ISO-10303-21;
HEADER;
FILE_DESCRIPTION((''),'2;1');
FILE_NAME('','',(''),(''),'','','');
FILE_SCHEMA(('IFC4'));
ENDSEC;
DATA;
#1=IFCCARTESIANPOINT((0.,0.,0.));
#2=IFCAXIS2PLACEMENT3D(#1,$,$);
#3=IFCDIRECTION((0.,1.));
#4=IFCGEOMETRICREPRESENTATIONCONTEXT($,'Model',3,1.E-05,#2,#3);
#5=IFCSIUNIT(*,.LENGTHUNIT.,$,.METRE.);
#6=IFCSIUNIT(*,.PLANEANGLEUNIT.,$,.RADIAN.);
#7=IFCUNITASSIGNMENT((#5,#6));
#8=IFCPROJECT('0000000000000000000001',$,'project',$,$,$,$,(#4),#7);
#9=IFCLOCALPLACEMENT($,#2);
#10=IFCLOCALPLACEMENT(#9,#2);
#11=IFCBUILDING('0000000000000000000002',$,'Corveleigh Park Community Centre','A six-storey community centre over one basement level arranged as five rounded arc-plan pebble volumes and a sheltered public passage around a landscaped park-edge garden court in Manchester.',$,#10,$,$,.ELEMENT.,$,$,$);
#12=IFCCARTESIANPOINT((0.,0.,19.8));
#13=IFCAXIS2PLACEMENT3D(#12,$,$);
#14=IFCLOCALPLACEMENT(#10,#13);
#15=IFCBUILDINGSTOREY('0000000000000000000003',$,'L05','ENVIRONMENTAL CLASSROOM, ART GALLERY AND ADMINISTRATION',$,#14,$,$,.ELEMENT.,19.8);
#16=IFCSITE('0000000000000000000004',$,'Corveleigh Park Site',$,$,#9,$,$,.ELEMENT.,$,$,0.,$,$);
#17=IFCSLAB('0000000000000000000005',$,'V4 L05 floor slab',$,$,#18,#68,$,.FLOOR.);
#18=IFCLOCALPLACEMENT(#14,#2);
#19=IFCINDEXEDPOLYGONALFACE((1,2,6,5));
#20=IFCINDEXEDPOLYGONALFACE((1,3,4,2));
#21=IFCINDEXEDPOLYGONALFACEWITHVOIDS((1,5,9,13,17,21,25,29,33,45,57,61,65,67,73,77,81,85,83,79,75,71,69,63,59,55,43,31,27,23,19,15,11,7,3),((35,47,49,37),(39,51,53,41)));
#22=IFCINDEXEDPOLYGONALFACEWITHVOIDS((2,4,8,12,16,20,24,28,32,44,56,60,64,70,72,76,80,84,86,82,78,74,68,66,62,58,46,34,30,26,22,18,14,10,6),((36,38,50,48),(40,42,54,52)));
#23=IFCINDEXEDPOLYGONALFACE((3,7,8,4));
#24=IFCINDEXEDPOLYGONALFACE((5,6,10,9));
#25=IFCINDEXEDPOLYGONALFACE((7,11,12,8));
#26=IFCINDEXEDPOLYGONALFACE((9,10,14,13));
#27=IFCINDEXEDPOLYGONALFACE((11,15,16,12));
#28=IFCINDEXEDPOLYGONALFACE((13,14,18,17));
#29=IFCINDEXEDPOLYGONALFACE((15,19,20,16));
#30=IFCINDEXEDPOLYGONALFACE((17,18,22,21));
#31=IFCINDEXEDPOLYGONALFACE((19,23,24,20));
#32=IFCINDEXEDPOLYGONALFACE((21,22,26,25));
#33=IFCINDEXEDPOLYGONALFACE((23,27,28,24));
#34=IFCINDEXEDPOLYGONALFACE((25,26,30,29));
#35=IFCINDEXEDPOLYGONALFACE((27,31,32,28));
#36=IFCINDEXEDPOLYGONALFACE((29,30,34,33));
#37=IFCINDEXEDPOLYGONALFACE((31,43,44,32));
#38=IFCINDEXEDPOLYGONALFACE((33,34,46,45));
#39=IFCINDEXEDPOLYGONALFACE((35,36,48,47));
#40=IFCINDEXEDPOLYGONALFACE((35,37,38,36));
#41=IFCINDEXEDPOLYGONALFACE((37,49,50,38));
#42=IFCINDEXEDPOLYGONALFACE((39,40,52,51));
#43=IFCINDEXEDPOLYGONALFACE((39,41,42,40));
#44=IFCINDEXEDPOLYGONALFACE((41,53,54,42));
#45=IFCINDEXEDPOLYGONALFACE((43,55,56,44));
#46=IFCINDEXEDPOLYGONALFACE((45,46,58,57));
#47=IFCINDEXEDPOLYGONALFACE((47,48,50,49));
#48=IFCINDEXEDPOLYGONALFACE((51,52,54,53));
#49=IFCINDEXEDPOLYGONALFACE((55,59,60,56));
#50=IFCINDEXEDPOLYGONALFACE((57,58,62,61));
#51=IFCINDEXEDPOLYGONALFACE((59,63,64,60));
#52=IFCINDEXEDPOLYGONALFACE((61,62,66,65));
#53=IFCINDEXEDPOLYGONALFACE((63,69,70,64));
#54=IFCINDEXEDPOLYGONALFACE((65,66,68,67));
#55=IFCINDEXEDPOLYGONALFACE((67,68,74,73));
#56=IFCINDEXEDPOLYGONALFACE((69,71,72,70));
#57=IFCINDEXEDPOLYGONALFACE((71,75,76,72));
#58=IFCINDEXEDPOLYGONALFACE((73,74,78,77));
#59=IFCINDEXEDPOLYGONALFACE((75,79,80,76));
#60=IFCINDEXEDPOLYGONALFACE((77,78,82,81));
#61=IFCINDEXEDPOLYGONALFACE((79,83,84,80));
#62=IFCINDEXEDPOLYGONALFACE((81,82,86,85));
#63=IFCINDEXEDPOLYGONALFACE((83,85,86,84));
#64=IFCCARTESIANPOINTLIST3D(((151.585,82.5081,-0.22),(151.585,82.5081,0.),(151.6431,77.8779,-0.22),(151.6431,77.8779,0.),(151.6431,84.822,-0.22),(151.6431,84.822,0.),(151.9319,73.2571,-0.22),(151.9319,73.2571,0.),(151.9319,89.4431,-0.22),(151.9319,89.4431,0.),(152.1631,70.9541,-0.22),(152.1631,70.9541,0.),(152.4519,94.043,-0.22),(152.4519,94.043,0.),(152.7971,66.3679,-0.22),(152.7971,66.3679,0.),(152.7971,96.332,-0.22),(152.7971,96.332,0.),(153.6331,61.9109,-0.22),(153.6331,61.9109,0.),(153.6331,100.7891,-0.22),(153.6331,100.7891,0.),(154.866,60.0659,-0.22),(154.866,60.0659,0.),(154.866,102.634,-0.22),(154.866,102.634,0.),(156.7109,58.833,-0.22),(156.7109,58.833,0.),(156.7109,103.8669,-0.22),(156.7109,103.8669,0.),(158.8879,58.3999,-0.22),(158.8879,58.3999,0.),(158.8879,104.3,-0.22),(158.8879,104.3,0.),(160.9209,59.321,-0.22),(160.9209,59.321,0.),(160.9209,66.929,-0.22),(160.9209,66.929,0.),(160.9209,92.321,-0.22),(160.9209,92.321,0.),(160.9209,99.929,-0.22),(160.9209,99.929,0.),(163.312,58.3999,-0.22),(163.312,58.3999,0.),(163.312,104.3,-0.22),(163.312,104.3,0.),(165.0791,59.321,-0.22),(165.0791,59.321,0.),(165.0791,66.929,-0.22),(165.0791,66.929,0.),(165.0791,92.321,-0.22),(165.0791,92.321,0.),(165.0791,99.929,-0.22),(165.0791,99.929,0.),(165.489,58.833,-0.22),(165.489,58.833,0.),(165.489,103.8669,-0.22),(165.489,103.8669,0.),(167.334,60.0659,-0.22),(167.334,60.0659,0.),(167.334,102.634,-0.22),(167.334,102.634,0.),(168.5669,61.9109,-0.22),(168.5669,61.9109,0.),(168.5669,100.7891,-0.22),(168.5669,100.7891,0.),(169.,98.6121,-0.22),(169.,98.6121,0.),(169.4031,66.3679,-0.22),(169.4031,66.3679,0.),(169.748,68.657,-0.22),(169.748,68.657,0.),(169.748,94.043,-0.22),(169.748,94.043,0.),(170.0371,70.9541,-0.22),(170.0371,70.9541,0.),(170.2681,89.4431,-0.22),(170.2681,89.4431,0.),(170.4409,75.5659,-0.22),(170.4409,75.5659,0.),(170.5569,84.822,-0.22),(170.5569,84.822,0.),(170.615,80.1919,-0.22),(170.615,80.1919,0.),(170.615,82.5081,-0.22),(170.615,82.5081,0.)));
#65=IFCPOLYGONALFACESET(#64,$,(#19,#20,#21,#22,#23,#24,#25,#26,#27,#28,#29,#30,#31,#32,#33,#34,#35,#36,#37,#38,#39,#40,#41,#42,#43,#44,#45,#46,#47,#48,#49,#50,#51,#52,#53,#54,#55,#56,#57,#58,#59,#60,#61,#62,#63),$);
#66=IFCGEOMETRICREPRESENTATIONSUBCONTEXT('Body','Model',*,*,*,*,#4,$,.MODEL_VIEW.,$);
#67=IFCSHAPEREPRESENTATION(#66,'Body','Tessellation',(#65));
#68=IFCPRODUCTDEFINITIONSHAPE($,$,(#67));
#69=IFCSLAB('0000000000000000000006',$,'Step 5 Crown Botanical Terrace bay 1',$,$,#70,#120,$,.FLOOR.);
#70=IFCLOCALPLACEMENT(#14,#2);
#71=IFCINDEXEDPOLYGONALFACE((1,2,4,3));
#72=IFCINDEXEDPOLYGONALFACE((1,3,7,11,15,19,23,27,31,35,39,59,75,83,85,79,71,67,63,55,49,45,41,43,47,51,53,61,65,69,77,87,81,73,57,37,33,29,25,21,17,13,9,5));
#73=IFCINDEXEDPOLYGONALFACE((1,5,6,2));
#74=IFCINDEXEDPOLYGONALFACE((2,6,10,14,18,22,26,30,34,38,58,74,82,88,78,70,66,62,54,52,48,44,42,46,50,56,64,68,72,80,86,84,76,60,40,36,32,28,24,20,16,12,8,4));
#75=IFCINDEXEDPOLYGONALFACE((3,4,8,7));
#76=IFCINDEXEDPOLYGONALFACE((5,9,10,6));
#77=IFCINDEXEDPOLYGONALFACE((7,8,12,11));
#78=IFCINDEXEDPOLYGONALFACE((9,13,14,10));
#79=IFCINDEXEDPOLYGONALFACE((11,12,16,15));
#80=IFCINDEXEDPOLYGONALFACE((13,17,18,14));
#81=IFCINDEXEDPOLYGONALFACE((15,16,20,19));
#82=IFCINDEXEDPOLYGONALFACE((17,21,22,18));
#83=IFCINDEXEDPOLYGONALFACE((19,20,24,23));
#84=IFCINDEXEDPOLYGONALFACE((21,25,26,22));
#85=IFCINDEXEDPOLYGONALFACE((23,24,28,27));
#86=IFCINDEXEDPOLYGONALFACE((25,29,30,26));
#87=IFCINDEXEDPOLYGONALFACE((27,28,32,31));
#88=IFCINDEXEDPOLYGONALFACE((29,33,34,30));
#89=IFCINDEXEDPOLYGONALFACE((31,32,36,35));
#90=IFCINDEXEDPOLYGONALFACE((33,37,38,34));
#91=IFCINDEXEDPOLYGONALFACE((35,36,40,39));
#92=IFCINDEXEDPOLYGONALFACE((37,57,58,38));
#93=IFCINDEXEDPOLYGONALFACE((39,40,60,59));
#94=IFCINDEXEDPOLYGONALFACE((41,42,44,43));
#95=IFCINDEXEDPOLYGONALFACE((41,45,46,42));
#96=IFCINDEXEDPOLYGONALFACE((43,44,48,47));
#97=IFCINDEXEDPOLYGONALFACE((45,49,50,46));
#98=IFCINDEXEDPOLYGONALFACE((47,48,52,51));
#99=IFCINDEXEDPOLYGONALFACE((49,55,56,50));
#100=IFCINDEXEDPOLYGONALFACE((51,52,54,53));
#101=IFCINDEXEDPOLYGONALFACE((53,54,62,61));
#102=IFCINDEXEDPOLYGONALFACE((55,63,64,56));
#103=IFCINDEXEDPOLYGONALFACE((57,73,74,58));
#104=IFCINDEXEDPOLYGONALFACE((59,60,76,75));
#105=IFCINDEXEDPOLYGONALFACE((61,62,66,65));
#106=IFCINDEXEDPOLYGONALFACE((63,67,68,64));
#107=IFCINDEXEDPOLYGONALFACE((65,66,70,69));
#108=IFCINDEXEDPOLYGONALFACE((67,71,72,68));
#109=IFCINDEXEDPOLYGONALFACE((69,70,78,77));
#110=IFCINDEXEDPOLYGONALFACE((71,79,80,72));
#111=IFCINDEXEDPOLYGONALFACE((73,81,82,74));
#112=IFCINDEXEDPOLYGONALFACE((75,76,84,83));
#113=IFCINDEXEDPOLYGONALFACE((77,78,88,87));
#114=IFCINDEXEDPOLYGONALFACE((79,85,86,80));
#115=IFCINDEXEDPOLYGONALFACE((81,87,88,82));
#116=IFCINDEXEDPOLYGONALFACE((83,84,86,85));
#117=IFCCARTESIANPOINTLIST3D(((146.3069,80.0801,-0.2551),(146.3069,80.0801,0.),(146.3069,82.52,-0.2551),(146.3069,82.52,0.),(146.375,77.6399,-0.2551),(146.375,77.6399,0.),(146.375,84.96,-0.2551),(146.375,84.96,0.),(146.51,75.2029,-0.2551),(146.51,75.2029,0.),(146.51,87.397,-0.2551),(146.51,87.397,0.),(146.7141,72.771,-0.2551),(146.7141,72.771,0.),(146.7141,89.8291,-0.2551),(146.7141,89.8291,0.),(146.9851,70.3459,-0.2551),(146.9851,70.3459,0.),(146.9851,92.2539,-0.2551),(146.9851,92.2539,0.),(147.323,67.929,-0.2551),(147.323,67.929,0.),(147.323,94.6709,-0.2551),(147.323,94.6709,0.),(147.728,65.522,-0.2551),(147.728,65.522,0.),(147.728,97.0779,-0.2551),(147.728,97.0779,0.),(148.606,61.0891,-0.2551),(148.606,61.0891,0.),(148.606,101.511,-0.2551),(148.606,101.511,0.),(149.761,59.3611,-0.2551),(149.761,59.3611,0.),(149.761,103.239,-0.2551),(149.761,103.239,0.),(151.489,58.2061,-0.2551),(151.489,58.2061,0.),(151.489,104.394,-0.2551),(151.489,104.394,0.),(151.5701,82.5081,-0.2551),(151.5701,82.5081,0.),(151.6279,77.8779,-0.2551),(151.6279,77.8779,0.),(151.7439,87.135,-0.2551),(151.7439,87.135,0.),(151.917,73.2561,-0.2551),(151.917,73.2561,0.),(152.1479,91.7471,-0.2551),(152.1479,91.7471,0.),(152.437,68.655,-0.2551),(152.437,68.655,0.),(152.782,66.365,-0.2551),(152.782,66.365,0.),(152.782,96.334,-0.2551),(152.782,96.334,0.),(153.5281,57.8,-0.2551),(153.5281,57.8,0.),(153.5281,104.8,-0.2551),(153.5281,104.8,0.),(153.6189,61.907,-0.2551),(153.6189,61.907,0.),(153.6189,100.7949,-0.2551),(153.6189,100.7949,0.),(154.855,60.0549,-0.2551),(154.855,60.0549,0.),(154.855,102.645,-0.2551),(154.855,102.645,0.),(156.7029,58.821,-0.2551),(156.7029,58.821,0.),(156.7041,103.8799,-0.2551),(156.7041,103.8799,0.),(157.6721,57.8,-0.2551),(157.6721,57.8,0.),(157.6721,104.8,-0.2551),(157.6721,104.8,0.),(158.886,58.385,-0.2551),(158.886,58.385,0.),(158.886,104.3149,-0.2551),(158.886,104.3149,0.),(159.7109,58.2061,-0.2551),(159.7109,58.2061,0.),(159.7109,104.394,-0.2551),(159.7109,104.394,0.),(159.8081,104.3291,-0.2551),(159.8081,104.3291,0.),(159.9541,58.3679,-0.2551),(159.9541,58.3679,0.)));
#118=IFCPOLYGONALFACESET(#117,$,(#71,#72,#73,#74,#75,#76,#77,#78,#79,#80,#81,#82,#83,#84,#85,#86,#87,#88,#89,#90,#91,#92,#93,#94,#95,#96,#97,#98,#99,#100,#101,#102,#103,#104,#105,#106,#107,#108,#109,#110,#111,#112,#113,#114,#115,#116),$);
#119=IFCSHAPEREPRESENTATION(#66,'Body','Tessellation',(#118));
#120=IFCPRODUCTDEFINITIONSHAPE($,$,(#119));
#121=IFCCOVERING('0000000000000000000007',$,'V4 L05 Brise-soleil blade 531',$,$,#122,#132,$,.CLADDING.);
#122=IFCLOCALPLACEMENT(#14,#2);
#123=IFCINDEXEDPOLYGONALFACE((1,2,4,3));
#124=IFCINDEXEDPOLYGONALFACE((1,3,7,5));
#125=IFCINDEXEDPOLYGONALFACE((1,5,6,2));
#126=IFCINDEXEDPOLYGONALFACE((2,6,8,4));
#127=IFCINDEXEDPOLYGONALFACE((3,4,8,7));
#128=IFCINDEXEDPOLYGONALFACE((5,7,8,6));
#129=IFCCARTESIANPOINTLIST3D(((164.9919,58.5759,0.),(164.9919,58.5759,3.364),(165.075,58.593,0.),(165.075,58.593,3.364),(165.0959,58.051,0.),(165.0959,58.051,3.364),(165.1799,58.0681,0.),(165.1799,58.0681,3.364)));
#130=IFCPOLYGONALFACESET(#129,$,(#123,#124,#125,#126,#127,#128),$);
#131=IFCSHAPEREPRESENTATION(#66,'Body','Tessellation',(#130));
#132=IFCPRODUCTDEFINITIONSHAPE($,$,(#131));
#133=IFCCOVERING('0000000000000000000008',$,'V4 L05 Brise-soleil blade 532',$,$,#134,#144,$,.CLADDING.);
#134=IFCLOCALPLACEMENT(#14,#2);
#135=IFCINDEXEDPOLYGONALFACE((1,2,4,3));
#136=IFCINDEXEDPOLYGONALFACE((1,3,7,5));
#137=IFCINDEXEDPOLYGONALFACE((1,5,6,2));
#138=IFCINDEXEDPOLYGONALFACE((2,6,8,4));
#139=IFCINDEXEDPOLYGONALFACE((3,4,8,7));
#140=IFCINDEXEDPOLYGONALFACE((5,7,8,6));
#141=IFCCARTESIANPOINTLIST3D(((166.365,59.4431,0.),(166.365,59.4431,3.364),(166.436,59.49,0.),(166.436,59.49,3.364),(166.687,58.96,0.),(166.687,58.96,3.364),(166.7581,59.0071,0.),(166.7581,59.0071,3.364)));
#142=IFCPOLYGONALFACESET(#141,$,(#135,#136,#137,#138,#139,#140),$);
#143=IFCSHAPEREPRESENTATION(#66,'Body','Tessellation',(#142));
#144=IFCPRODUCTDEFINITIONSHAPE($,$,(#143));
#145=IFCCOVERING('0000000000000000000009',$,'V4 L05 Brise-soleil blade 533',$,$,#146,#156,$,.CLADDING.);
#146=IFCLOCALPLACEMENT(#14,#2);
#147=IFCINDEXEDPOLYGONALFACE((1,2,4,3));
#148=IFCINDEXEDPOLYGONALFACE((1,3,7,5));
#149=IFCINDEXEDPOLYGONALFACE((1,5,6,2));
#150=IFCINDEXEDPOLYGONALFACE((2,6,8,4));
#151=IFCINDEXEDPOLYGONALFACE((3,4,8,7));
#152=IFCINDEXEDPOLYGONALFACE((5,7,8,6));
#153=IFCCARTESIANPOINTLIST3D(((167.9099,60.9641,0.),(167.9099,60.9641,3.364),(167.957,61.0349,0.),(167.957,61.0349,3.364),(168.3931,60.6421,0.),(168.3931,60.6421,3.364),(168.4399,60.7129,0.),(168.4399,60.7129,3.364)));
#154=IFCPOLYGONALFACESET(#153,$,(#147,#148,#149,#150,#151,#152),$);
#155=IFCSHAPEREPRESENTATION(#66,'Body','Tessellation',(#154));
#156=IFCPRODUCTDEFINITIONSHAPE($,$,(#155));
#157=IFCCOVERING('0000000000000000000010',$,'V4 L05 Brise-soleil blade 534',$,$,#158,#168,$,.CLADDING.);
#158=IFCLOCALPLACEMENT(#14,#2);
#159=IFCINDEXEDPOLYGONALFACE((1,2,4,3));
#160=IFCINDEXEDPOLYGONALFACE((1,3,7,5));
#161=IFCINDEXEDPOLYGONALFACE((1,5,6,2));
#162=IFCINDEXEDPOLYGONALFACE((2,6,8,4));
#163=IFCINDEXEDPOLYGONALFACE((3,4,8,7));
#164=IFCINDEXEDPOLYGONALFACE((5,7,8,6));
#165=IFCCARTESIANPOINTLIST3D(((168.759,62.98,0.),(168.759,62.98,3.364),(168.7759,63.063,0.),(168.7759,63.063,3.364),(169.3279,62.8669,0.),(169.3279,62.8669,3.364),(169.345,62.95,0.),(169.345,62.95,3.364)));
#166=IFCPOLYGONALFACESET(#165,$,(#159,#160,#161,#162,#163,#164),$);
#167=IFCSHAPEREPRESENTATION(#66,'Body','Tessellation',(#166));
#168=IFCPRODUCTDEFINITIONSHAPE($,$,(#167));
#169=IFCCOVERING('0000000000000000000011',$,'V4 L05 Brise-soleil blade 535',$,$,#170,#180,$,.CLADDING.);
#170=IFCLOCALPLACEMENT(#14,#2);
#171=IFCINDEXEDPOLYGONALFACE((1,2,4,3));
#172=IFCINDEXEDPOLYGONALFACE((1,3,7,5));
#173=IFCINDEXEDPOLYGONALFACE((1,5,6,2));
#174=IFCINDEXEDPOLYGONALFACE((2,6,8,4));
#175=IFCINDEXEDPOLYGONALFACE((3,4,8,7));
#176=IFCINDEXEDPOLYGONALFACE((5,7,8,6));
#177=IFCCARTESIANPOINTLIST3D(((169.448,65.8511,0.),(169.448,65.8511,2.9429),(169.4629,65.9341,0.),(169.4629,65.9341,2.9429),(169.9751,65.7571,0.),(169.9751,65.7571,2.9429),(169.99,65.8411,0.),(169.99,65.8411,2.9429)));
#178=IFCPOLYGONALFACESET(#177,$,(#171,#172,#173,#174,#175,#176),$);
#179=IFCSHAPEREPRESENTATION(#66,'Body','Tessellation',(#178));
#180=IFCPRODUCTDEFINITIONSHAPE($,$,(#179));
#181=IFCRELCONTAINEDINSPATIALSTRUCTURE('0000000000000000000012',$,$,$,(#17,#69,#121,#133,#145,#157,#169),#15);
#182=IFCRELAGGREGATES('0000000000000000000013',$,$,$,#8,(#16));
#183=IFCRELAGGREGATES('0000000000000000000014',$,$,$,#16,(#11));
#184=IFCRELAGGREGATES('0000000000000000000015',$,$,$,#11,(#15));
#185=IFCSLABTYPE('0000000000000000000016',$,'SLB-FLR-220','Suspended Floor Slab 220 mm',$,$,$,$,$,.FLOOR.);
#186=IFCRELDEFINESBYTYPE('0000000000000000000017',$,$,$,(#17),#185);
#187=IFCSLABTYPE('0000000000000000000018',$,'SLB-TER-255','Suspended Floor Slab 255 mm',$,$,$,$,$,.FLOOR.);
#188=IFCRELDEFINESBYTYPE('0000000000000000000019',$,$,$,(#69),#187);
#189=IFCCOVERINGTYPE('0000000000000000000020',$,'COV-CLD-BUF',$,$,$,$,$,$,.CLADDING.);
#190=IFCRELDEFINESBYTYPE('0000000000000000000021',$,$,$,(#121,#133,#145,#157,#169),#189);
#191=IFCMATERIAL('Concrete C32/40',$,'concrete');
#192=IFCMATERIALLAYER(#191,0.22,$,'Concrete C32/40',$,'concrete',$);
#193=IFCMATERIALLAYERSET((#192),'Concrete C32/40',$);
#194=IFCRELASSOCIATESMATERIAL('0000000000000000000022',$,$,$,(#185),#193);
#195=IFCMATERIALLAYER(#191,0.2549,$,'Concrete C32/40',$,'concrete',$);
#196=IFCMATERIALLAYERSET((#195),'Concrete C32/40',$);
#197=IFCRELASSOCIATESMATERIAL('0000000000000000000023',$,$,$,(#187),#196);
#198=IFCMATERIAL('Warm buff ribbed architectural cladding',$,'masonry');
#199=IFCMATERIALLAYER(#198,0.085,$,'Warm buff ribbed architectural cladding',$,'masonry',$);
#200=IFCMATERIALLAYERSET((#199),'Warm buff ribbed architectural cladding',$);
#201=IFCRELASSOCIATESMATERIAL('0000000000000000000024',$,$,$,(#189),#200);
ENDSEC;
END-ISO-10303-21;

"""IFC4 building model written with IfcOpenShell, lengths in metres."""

from ifc_helpers import new_model, si_unit, direction, frame, origin, place, context, subcontext, project, spatial, polyline, outline, extrude, material, layer, layer_set, type_object, element, save


model = new_model("IFC4")

# Units and contexts
model_context = context("Model", 3, precision=1e-05, world=origin(), true_north=direction((0.0, 1.0)))
body_context = subcontext(model_context, "Body", "Model", "MODEL_VIEW")
ifc_project = project(units=[si_unit("LENGTHUNIT", "METRE"), si_unit("PLANEANGLEUNIT", "RADIAN")], contexts=[model_context])

# Site, building, storey
site_placement = place(None, origin())
site = spatial("IfcSite", under=ifc_project, at=site_placement, Name="Corveleigh Park Site", CompositionType="ELEMENT", RefElevation=0.0)
building_placement = place(site_placement, origin())
building = spatial("IfcBuilding", under=site, at=building_placement, Name="Corveleigh Park Community Centre", Description="A six-storey community centre over one basement level arranged as five rounded arc-plan pebble volumes and a sheltered public passage around a landscaped park-edge garden court in Manchester.", CompositionType="ELEMENT")
storey_placement = place(building_placement, frame((0.0, 0.0, 19.8)))
storey = spatial("IfcBuildingStorey", under=building, at=storey_placement, Name="L05", Description="ENVIRONMENTAL CLASSROOM, ART GALLERY AND ADMINISTRATION", CompositionType="ELEMENT", Elevation=19.8)

# Slabs
ifc_material_1 = material(Name="Concrete C32/40", Category="concrete")
ifc_layer_1 = layer(ifc_material_1, 0.22, Name="Concrete C32/40", Category="concrete")
ifc_layer_set_1 = layer_set([ifc_layer_1], Name="Concrete C32/40")
slab_type_1 = type_object("IfcSlabType", Name="SLB-FLR-220", Description="Suspended Floor Slab 220 mm", PredefinedType="FLOOR", material=ifc_layer_set_1)
slab_1_placement = place(storey_placement, frame((0.0, 0.0, -0.22)))
element("IfcSlab", 1, at=slab_1_placement, inside=storey, type_object=slab_type_1, Name="V4 L05 floor slab", PredefinedType="FLOOR", context=body_context, shape_type="SweptSolid", body=[
    extrude(outline(polyline([(156.7109, 58.833), (154.866, 60.0659), (153.6331, 61.9109), (152.7971, 66.3679), (152.1631, 70.9541), (151.9319, 73.2571), (151.6431, 77.8779), (151.585, 82.5081), (151.6431, 84.822), (151.9319, 89.4431), (152.4519, 94.043), (152.7971, 96.332), (153.6331, 100.7891), (154.866, 102.634), (156.7109, 103.8669), (158.8879, 104.3), (163.312, 104.3), (165.489, 103.8669), (167.334, 102.634), (168.5669, 100.7891), (169.0, 98.6121), (169.748, 94.043), (170.2681, 89.4431), (170.5569, 84.822), (170.615, 82.5081), (170.615, 80.1919), (170.4409, 75.5659), (170.0371, 70.9541), (169.748, 68.657), (169.4031, 66.3679), (168.5669, 61.9109), (167.334, 60.0659), (165.489, 58.833), (163.312, 58.3999), (158.8879, 58.3999), (156.7109, 58.833)]), holes=[polyline([(160.9209, 59.321), (165.0791, 59.321), (165.0791, 66.929), (160.9209, 66.929), (160.9209, 59.321)]), polyline([(160.9209, 92.321), (165.0791, 92.321), (165.0791, 99.929), (160.9209, 99.929), (160.9209, 92.321)])]), origin(), (0.0, 0.0, 1.0), 0.22),
])
ifc_layer_2 = layer(ifc_material_1, 0.2549, Name="Concrete C32/40", Category="concrete")
ifc_layer_set_2 = layer_set([ifc_layer_2], Name="Concrete C32/40")
slab_type_2 = type_object("IfcSlabType", Name="SLB-TER-255", Description="Suspended Floor Slab 255 mm", PredefinedType="FLOOR", material=ifc_layer_set_2)
slab_2_placement = place(storey_placement, frame((0.0, 0.0, -0.2551)))
element("IfcSlab", 2, at=slab_2_placement, inside=storey, type_object=slab_type_2, Name="Step 5 Crown Botanical Terrace bay 1", PredefinedType="FLOOR", context=body_context, shape_type="SweptSolid", body=[
    extrude(outline(polyline([(159.7109, 58.2061), (157.6721, 57.8), (153.5281, 57.8), (151.489, 58.2061), (149.761, 59.3611), (148.606, 61.0891), (147.728, 65.522), (147.323, 67.929), (146.9851, 70.3459), (146.7141, 72.771), (146.51, 75.2029), (146.375, 77.6399), (146.3069, 80.0801), (146.3069, 82.52), (146.375, 84.96), (146.51, 87.397), (146.7141, 89.8291), (146.9851, 92.2539), (147.323, 94.6709), (147.728, 97.0779), (148.606, 101.511), (149.761, 103.239), (151.489, 104.394), (153.5281, 104.8), (157.6721, 104.8), (159.7109, 104.394), (159.8081, 104.3291), (158.886, 104.3149), (156.7041, 103.8799), (154.855, 102.645), (153.6189, 100.7949), (152.782, 96.334), (152.1479, 91.7471), (151.7439, 87.135), (151.5701, 82.5081), (151.6279, 77.8779), (151.917, 73.2561), (152.437, 68.655), (152.782, 66.365), (153.6189, 61.907), (154.855, 60.0549), (156.7029, 58.821), (158.886, 58.385), (159.9541, 58.3679), (159.7109, 58.2061)])), origin(), (0.0, 0.0, 1.0), 0.2551),
])

# Coverings
ifc_material_2 = material(Name="Warm buff ribbed architectural cladding", Category="masonry")
ifc_layer_3 = layer(ifc_material_2, 0.085, Name="Warm buff ribbed architectural cladding", Category="masonry")
ifc_layer_set_3 = layer_set([ifc_layer_3], Name="Warm buff ribbed architectural cladding")
covering_type_1 = type_object("IfcCoveringType", Name="COV-CLD-BUF", PredefinedType="CLADDING", material=ifc_layer_set_3)
covering_1_placement = place(storey_placement, origin())
element("IfcCovering", 3, at=covering_1_placement, inside=storey, type_object=covering_type_1, Name="V4 L05 Brise-soleil blade 531", PredefinedType="CLADDING", context=body_context, shape_type="SweptSolid", body=[
    extrude(outline(polyline([(165.075, 58.593), (164.9919, 58.5759), (165.0959, 58.051), (165.1799, 58.0681), (165.075, 58.593)])), origin(), (0.0, 0.0, 1.0), 3.364),
])
covering_2_placement = place(storey_placement, origin())
element("IfcCovering", 4, at=covering_2_placement, inside=storey, type_object=covering_type_1, Name="V4 L05 Brise-soleil blade 532", PredefinedType="CLADDING", context=body_context, shape_type="SweptSolid", body=[
    extrude(outline(polyline([(166.436, 59.49), (166.365, 59.4431), (166.687, 58.96), (166.7581, 59.0071), (166.436, 59.49)])), origin(), (0.0, 0.0, 1.0), 3.364),
])
covering_3_placement = place(storey_placement, origin())
element("IfcCovering", 5, at=covering_3_placement, inside=storey, type_object=covering_type_1, Name="V4 L05 Brise-soleil blade 533", PredefinedType="CLADDING", context=body_context, shape_type="SweptSolid", body=[
    extrude(outline(polyline([(167.957, 61.0349), (167.9099, 60.9641), (168.3931, 60.6421), (168.4399, 60.7129), (167.957, 61.0349)])), origin(), (0.0, 0.0, 1.0), 3.364),
])
covering_4_placement = place(storey_placement, origin())
element("IfcCovering", 6, at=covering_4_placement, inside=storey, type_object=covering_type_1, Name="V4 L05 Brise-soleil blade 534", PredefinedType="CLADDING", context=body_context, shape_type="SweptSolid", body=[
    extrude(outline(polyline([(168.7759, 63.063), (168.759, 62.98), (169.3279, 62.8669), (169.345, 62.95), (168.7759, 63.063)])), origin(), (0.0, 0.0, 1.0), 3.364),
])
covering_5_placement = place(storey_placement, origin())
element("IfcCovering", 7, at=covering_5_placement, inside=storey, type_object=covering_type_1, Name="V4 L05 Brise-soleil blade 535", PredefinedType="CLADDING", context=body_context, shape_type="SweptSolid", body=[
    extrude(outline(polyline([(169.4629, 65.9341), (169.448, 65.8511), (169.9751, 65.7571), (169.99, 65.8411), (169.4629, 65.9341)])), origin(), (0.0, 0.0, 1.0), 2.9429),
])

save(model, "model.ifc")
